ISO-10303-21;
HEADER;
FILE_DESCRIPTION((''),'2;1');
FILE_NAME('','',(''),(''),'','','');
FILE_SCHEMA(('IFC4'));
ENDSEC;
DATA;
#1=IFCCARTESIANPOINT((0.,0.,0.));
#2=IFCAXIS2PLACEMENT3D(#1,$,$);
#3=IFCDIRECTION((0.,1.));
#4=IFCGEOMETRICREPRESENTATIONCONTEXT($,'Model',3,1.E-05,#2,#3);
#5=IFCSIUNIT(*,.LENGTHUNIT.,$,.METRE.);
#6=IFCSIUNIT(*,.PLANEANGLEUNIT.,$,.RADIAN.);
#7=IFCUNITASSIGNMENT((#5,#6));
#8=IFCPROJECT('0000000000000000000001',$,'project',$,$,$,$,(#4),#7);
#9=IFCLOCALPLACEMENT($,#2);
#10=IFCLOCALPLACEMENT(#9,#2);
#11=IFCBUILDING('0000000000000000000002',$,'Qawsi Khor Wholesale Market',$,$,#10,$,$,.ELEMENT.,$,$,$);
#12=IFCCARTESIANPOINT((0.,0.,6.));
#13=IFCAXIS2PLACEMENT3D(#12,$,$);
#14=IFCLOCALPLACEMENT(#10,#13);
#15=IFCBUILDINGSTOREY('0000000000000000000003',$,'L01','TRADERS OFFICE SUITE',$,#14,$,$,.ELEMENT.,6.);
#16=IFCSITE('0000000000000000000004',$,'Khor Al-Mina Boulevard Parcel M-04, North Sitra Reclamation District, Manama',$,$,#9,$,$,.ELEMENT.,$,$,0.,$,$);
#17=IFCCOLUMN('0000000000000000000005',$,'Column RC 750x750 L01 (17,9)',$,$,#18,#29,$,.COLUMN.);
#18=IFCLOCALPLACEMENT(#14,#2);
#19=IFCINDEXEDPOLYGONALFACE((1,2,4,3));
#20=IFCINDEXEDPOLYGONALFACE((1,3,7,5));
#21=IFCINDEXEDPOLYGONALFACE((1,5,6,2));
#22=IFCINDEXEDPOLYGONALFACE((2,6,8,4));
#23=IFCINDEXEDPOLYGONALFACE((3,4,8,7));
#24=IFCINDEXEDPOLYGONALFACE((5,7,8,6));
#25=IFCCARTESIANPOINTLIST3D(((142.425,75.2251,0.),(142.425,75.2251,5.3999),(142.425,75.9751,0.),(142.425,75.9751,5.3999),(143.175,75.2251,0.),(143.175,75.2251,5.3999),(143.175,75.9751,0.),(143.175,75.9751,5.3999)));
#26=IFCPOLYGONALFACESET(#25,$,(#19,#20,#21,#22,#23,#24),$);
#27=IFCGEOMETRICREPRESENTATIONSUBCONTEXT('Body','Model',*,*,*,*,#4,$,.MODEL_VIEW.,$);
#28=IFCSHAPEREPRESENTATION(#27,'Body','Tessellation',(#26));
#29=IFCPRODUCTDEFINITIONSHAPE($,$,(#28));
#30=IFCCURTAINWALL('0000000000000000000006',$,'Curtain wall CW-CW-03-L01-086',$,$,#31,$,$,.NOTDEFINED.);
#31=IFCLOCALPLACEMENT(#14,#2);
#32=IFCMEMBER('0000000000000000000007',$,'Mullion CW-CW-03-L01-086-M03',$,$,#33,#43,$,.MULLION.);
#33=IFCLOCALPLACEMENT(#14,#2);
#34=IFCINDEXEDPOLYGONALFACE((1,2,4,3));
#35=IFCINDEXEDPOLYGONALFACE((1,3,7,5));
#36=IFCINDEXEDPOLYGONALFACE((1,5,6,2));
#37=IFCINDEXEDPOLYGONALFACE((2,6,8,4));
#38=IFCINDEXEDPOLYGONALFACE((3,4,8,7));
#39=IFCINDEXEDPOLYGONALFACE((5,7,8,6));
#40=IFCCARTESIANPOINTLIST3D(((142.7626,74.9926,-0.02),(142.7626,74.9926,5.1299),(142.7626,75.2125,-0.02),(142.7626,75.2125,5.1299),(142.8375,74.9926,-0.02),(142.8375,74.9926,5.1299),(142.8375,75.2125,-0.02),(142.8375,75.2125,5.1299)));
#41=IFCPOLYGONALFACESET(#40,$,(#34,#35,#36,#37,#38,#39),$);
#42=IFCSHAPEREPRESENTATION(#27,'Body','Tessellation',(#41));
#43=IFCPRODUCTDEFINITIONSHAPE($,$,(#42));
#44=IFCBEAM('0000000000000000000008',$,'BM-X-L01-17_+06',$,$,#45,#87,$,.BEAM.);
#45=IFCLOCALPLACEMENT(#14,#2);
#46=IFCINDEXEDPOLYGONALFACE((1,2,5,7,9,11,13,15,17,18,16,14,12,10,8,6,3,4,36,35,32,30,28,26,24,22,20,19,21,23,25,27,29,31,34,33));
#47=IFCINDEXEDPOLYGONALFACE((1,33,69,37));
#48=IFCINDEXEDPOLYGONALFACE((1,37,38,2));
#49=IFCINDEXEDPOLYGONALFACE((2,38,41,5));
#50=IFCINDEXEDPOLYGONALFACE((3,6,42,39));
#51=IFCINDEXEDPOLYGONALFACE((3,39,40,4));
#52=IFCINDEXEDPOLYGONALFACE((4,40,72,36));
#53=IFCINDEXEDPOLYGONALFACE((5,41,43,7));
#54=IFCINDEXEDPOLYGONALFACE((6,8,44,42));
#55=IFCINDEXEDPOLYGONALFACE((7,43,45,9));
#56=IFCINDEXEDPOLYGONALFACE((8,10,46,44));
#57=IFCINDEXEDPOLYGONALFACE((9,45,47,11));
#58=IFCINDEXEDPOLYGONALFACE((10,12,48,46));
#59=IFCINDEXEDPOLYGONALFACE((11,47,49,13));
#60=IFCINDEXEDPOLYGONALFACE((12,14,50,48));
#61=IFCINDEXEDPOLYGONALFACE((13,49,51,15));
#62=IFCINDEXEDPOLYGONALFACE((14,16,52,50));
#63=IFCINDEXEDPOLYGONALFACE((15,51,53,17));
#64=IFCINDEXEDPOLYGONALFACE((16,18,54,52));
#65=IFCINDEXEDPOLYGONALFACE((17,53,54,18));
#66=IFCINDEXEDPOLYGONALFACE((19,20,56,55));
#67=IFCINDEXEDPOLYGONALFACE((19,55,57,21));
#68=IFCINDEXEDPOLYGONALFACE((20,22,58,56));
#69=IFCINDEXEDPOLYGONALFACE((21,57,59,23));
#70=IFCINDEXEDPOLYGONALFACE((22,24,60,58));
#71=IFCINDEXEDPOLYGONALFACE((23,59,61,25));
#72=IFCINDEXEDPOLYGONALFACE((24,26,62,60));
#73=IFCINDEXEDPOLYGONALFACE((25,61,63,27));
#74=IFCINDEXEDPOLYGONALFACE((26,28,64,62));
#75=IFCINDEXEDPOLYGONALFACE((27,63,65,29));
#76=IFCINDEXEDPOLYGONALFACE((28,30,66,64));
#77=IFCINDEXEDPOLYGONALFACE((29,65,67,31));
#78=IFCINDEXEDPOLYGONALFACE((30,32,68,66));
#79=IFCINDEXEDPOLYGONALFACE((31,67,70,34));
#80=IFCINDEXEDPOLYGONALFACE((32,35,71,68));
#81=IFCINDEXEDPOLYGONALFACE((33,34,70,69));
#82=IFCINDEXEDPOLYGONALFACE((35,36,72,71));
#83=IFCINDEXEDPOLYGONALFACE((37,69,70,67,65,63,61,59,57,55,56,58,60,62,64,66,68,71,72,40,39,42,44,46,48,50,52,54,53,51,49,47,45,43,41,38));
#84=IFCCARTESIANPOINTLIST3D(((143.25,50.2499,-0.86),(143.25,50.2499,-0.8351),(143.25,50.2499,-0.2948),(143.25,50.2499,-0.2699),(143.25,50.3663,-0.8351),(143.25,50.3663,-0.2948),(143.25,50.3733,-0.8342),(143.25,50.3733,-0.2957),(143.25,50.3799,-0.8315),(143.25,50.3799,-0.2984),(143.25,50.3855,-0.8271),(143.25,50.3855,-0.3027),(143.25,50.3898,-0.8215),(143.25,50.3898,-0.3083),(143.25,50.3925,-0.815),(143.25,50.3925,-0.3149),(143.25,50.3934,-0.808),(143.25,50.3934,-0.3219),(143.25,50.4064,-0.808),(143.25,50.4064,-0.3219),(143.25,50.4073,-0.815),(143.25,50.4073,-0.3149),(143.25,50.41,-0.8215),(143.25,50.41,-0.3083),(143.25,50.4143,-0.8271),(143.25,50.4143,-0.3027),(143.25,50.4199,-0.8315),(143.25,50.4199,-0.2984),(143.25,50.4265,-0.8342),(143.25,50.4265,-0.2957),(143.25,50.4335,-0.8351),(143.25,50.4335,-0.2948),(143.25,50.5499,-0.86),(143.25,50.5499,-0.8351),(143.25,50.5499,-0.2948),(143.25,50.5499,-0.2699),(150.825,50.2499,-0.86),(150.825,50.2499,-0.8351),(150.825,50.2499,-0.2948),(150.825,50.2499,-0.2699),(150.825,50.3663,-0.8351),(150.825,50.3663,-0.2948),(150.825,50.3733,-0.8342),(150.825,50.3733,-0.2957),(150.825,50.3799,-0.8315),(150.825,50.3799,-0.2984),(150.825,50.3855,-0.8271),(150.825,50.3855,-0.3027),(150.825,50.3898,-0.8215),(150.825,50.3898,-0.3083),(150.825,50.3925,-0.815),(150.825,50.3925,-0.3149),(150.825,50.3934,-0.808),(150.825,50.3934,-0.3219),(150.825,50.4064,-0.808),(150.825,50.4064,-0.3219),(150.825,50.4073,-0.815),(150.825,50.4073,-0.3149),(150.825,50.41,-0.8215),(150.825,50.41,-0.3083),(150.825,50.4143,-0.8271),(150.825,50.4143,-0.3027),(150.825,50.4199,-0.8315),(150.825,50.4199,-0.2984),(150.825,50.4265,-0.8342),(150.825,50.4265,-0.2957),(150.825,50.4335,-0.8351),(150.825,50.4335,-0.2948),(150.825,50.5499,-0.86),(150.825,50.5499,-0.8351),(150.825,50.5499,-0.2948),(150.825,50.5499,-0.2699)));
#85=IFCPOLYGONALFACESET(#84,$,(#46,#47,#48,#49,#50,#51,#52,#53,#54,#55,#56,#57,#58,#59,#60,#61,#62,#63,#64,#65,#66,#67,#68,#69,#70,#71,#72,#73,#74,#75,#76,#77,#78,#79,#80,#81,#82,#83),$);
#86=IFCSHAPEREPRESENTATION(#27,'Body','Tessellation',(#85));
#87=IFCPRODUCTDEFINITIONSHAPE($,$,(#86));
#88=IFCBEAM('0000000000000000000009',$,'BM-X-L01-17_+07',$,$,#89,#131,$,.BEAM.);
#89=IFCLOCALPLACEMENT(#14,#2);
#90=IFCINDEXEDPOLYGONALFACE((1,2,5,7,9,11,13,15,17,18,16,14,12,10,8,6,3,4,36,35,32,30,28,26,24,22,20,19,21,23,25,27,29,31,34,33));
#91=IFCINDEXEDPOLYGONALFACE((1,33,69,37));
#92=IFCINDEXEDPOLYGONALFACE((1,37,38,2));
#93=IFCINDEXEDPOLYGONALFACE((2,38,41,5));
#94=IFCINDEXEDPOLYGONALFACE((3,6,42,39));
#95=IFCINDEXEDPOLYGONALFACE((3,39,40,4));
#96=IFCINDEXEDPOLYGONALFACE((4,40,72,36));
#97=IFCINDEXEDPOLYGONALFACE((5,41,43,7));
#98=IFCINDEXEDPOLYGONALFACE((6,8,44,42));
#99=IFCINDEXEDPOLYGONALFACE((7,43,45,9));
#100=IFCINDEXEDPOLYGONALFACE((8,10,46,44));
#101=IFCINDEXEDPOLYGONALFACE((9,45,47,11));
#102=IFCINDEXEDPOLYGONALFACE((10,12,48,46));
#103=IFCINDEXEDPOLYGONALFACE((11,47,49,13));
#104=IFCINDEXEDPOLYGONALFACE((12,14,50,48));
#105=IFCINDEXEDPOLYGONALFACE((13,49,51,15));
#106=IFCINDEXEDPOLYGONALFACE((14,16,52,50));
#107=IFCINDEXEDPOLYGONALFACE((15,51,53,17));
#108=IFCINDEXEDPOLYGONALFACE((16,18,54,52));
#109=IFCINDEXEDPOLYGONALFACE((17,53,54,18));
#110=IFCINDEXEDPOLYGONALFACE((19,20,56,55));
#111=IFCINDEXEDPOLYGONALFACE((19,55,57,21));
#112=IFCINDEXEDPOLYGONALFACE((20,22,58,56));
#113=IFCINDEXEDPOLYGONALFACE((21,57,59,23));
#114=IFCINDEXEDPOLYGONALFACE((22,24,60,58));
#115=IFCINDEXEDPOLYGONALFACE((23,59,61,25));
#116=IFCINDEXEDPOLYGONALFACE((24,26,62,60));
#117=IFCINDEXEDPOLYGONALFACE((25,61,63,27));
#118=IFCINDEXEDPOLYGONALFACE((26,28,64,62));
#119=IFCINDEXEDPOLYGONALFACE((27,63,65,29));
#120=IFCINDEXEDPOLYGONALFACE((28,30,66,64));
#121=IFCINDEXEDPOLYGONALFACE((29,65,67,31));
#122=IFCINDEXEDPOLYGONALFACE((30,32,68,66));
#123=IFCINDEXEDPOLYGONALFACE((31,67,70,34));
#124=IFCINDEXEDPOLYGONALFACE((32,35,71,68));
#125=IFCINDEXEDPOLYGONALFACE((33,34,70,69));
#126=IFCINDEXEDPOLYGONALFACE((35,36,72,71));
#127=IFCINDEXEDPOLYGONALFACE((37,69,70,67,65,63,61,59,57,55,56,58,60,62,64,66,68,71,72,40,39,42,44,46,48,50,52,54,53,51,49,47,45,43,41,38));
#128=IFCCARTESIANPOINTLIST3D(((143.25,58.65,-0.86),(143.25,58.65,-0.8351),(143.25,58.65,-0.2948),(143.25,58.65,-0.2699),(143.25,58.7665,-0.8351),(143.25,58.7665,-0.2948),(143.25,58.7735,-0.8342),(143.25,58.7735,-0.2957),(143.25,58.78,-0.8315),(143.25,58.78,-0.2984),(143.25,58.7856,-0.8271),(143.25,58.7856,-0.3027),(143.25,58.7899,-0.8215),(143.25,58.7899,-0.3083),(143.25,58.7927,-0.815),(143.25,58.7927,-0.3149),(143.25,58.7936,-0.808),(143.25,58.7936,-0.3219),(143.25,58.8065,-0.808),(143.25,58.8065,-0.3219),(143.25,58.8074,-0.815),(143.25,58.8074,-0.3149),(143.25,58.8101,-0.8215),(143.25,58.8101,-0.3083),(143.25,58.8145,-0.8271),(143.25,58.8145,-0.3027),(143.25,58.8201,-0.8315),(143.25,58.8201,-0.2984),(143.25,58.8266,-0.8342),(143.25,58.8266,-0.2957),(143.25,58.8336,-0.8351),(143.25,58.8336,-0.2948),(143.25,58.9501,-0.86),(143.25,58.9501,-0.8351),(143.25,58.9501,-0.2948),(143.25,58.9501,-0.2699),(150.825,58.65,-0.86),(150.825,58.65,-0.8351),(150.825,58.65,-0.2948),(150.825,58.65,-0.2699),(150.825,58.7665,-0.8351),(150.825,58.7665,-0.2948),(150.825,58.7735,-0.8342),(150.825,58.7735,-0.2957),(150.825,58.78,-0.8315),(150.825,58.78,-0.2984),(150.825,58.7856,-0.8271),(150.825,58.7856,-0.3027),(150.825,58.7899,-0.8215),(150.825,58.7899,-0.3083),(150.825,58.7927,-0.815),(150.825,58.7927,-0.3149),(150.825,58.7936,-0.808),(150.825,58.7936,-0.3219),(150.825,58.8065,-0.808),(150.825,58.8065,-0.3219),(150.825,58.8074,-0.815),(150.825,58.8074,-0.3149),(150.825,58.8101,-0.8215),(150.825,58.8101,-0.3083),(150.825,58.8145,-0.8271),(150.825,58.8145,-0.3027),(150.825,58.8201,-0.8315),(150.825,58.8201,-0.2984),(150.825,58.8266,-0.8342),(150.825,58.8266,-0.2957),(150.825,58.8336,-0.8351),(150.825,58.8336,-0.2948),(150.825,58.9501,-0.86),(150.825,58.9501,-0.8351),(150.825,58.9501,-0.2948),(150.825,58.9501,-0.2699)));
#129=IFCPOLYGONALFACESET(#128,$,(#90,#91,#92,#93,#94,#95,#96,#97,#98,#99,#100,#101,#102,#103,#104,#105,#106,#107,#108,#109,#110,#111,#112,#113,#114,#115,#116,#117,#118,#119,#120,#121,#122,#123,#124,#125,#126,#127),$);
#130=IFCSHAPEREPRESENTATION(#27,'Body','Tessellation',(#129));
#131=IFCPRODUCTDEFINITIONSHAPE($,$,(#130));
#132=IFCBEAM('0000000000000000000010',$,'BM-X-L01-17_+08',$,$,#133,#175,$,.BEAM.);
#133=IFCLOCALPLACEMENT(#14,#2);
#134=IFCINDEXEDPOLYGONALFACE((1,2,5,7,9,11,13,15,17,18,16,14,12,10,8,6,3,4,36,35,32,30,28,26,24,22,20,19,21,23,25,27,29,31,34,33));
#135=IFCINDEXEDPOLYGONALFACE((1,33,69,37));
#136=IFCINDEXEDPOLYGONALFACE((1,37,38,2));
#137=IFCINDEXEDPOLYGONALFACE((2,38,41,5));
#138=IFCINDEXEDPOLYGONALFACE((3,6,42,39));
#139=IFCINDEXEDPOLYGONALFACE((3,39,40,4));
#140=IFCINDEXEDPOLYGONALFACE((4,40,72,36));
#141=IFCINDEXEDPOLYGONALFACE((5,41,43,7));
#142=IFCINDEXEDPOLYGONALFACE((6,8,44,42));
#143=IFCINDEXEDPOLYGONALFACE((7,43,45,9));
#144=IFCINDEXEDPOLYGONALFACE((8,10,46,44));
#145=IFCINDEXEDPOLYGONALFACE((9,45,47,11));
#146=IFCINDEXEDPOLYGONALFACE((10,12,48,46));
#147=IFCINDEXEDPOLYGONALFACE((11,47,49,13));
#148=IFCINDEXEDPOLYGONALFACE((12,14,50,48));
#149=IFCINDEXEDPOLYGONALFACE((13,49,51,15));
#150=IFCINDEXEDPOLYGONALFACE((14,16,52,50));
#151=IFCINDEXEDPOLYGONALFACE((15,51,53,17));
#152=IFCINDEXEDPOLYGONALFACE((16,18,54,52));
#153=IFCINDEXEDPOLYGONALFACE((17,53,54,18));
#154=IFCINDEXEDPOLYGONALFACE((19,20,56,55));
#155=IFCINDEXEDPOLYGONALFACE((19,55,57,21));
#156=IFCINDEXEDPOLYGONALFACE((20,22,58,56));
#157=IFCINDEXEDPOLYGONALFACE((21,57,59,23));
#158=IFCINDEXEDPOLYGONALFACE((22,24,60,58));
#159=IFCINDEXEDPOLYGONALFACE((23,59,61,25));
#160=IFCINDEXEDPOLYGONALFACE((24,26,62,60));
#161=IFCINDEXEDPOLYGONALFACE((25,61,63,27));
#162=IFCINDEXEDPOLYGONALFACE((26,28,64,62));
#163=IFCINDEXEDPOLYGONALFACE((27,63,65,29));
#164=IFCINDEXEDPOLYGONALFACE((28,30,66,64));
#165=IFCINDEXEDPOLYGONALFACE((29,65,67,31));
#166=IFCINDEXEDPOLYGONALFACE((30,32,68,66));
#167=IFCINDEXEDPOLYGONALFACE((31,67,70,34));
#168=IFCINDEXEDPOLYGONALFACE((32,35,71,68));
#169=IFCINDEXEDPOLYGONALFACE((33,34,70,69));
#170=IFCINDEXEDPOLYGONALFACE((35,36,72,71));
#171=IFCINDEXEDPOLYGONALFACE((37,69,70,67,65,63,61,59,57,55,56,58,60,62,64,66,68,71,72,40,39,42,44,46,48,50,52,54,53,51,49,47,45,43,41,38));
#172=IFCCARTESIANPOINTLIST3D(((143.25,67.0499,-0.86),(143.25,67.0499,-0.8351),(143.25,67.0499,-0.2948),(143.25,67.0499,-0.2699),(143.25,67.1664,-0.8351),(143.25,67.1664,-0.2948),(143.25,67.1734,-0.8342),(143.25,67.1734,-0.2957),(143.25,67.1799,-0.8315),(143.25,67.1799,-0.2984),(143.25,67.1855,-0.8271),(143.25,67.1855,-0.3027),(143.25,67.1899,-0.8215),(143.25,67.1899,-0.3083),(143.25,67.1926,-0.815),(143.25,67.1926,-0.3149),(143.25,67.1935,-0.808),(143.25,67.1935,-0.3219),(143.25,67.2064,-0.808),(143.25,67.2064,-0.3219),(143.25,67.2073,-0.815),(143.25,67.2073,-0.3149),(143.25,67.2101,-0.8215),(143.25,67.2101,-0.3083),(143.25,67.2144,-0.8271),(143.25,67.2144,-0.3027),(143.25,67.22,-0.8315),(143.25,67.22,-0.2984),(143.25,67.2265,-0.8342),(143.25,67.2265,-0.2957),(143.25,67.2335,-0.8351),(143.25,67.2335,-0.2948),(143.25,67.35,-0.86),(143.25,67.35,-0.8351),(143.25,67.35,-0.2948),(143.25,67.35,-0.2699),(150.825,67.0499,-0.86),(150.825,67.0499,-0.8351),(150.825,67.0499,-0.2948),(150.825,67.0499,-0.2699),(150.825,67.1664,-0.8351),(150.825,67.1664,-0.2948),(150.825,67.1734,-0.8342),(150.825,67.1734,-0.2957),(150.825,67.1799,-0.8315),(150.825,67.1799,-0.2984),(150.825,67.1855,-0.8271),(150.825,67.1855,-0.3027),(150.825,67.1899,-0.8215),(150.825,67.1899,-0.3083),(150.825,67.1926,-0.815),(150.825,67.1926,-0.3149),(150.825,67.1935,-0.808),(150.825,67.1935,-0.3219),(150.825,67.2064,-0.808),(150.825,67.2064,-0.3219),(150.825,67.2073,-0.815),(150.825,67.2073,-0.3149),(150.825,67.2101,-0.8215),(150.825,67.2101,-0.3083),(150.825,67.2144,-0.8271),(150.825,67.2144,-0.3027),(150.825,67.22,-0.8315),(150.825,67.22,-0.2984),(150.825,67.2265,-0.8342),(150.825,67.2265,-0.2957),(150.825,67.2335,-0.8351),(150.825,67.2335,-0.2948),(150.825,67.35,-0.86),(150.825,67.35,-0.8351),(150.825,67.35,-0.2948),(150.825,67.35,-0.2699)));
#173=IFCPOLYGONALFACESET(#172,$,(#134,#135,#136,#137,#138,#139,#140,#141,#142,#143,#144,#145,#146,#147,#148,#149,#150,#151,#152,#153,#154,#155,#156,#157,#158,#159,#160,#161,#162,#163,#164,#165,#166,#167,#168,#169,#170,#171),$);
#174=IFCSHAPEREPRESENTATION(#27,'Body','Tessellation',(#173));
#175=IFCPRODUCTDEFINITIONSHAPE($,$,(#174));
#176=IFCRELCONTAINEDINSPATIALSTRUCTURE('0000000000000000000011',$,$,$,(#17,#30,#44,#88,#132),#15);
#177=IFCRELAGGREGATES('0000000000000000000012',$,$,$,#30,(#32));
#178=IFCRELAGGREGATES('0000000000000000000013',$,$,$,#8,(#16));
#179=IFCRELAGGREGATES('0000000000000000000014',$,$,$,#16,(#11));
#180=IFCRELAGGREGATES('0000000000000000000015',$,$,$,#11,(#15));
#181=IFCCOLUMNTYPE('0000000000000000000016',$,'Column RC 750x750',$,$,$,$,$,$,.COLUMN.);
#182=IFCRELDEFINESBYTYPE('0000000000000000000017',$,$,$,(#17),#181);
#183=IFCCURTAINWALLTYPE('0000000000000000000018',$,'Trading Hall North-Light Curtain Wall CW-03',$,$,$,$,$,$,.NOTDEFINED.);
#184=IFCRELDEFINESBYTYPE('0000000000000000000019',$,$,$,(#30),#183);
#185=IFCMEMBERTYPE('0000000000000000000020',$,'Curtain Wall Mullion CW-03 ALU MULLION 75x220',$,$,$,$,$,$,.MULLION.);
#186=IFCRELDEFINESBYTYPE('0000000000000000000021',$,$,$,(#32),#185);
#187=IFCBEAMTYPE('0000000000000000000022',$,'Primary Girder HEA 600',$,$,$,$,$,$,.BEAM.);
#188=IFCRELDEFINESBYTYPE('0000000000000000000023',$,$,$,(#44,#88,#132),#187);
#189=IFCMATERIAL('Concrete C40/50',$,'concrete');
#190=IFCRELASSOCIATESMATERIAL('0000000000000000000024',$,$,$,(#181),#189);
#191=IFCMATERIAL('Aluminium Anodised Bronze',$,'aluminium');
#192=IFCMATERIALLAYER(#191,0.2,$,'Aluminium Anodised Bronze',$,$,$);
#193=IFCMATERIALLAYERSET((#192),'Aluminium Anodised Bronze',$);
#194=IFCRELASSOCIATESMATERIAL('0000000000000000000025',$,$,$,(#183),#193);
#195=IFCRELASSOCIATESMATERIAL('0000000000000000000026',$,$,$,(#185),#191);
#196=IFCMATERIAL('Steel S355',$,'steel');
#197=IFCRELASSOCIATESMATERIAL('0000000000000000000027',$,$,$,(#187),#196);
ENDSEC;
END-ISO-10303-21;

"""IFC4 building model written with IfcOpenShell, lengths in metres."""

from ifc_helpers import new_model, si_unit, direction, frame, origin, origin_2d, place, context, subcontext, project, spatial, rectangle, i_section, extrude, material, layer, layer_set, material_profile, profile_set, type_object, element, aggregate, save


model = new_model("IFC4")

# Units and contexts
model_context = context("Model", 3, precision=1e-05, world=origin(), true_north=direction((0.0, 1.0)))
body_context = subcontext(model_context, "Body", "Model", "MODEL_VIEW")
ifc_project = project(units=[si_unit("LENGTHUNIT", "METRE"), si_unit("PLANEANGLEUNIT", "RADIAN")], contexts=[model_context])

# Site, building, storey
site_placement = place(None, origin())
site = spatial("IfcSite", under=ifc_project, at=site_placement, Name="Khor Al-Mina Boulevard Parcel M-04, North Sitra Reclamation District, Manama", CompositionType="ELEMENT", RefElevation=0.0)
building_placement = place(site_placement, origin())
building = spatial("IfcBuilding", under=site, at=building_placement, Name="Qawsi Khor Wholesale Market", CompositionType="ELEMENT")
storey_placement = place(building_placement, frame((0.0, 0.0, 6.0)))
storey = spatial("IfcBuildingStorey", under=building, at=storey_placement, Name="L01", Description="TRADERS OFFICE SUITE", CompositionType="ELEMENT", Elevation=6.0)

# Column
ifc_material_1 = material(Name="Concrete C40/50", Category="concrete")
ifc_material_profile_1 = material_profile(ifc_material_1, rectangle(XDim=0.75, YDim=0.75, at=origin_2d()), Name="RC 750x750")
ifc_profile_set_1 = profile_set([ifc_material_profile_1], Name="Concrete C40/50")
column_type = type_object("IfcColumnType", Name="Column RC 750x750", PredefinedType="COLUMN", material=ifc_profile_set_1)
column_placement = place(storey_placement, frame((142.8, 75.6001, 0.0), z_axis=(0.0, 0.0, 1.0), x_axis=(1.0, 0.0, 0.0)))
element("IfcColumn", 1, at=column_placement, inside=storey, type_object=column_type, Name="Column RC 750x750 L01 (17,9)", PredefinedType="COLUMN", context=body_context, shape_type="SweptSolid", body=[
    extrude(rectangle(XDim=0.75, YDim=0.75, at=origin_2d()), origin(), (0.0, 0.0, 1.0), 5.3999),
])

# Curtain wall, member
ifc_material_2 = material(Name="Aluminium Anodised Bronze", Category="aluminium")
ifc_layer_1 = layer(ifc_material_2, 0.2, Name="Aluminium Anodised Bronze")
ifc_layer_set_1 = layer_set([ifc_layer_1], Name="Aluminium Anodised Bronze")
curtain_wall_type = type_object("IfcCurtainWallType", Name="Trading Hall North-Light Curtain Wall CW-03", PredefinedType="NOTDEFINED", material=ifc_layer_set_1)
curtain_wall_placement = place(storey_placement, origin())
curtain_wall = element("IfcCurtainWall", 2, at=curtain_wall_placement, inside=storey, type_object=curtain_wall_type, Name="Curtain wall CW-CW-03-L01-086", PredefinedType="NOTDEFINED")
ifc_material_profile_2 = material_profile(ifc_material_2, rectangle(XDim=0.075, YDim=0.22, at=origin_2d()), Name="ALU MULLION 75x220")
ifc_profile_set_2 = profile_set([ifc_material_profile_2], Name="Aluminium Anodised Bronze")
member_type = type_object("IfcMemberType", Name="Curtain Wall Mullion CW-03 ALU MULLION 75x220", PredefinedType="MULLION", material=ifc_profile_set_2)
member_placement = place(storey_placement, frame((142.8, 75.1025, -0.02), z_axis=(0.0, 0.0, 1.0), x_axis=(1.0, 0.0, 0.0)))
member = element("IfcMember", 3, at=member_placement, type_object=member_type, Name="Mullion CW-CW-03-L01-086-M03", PredefinedType="MULLION", context=body_context, shape_type="SweptSolid", body=[
    extrude(rectangle(XDim=0.075, YDim=0.22, at=origin_2d()), origin(), (0.0, 0.0, 1.0), 5.1499),
])

# Beams
ifc_material_3 = material(Name="Steel S355", Category="steel")
ifc_material_profile_3 = material_profile(ifc_material_3, i_section(OverallWidth=0.3, OverallDepth=0.5901, WebThickness=0.0129, FlangeThickness=0.0249, FilletRadius=0.0271, at=origin_2d()), Name="HEA 600")
ifc_profile_set_3 = profile_set([ifc_material_profile_3], Name="Steel S355")
beam_type_1 = type_object("IfcBeamType", Name="Primary Girder HEA 600", PredefinedType="BEAM", material=ifc_profile_set_3)
for number, where, z_axis, x_axis, name in (
    (4, (143.25, 50.3999, -0.5649), (1.0, 0.0, 0.0), (0.0, 1.0, 0.0), "BM-X-L01-17_+06"),
    (5, (143.25, 58.8, -0.5649), (1.0, 0.0, 0.0), (0.0, 1.0, 0.0), "BM-X-L01-17_+07"),
    (6, (143.25, 67.2, -0.5649), (1.0, 0.0, 0.0), (0.0, 1.0, 0.0), "BM-X-L01-17_+08"),
):
    element("IfcBeam", number, at=place(storey_placement, frame(where, z_axis=z_axis, x_axis=x_axis)), inside=storey, type_object=beam_type_1, Name=name, PredefinedType="BEAM", context=body_context, shape_type="SweptSolid", body=[
        extrude(i_section(OverallWidth=0.3, OverallDepth=0.5901, WebThickness=0.0129, FlangeThickness=0.0249, FilletRadius=0.0271, at=origin_2d()), origin(), (0.0, 0.0, 1.0), 7.575),
    ])

aggregate(curtain_wall, [member])

save(model, "model.ifc")
